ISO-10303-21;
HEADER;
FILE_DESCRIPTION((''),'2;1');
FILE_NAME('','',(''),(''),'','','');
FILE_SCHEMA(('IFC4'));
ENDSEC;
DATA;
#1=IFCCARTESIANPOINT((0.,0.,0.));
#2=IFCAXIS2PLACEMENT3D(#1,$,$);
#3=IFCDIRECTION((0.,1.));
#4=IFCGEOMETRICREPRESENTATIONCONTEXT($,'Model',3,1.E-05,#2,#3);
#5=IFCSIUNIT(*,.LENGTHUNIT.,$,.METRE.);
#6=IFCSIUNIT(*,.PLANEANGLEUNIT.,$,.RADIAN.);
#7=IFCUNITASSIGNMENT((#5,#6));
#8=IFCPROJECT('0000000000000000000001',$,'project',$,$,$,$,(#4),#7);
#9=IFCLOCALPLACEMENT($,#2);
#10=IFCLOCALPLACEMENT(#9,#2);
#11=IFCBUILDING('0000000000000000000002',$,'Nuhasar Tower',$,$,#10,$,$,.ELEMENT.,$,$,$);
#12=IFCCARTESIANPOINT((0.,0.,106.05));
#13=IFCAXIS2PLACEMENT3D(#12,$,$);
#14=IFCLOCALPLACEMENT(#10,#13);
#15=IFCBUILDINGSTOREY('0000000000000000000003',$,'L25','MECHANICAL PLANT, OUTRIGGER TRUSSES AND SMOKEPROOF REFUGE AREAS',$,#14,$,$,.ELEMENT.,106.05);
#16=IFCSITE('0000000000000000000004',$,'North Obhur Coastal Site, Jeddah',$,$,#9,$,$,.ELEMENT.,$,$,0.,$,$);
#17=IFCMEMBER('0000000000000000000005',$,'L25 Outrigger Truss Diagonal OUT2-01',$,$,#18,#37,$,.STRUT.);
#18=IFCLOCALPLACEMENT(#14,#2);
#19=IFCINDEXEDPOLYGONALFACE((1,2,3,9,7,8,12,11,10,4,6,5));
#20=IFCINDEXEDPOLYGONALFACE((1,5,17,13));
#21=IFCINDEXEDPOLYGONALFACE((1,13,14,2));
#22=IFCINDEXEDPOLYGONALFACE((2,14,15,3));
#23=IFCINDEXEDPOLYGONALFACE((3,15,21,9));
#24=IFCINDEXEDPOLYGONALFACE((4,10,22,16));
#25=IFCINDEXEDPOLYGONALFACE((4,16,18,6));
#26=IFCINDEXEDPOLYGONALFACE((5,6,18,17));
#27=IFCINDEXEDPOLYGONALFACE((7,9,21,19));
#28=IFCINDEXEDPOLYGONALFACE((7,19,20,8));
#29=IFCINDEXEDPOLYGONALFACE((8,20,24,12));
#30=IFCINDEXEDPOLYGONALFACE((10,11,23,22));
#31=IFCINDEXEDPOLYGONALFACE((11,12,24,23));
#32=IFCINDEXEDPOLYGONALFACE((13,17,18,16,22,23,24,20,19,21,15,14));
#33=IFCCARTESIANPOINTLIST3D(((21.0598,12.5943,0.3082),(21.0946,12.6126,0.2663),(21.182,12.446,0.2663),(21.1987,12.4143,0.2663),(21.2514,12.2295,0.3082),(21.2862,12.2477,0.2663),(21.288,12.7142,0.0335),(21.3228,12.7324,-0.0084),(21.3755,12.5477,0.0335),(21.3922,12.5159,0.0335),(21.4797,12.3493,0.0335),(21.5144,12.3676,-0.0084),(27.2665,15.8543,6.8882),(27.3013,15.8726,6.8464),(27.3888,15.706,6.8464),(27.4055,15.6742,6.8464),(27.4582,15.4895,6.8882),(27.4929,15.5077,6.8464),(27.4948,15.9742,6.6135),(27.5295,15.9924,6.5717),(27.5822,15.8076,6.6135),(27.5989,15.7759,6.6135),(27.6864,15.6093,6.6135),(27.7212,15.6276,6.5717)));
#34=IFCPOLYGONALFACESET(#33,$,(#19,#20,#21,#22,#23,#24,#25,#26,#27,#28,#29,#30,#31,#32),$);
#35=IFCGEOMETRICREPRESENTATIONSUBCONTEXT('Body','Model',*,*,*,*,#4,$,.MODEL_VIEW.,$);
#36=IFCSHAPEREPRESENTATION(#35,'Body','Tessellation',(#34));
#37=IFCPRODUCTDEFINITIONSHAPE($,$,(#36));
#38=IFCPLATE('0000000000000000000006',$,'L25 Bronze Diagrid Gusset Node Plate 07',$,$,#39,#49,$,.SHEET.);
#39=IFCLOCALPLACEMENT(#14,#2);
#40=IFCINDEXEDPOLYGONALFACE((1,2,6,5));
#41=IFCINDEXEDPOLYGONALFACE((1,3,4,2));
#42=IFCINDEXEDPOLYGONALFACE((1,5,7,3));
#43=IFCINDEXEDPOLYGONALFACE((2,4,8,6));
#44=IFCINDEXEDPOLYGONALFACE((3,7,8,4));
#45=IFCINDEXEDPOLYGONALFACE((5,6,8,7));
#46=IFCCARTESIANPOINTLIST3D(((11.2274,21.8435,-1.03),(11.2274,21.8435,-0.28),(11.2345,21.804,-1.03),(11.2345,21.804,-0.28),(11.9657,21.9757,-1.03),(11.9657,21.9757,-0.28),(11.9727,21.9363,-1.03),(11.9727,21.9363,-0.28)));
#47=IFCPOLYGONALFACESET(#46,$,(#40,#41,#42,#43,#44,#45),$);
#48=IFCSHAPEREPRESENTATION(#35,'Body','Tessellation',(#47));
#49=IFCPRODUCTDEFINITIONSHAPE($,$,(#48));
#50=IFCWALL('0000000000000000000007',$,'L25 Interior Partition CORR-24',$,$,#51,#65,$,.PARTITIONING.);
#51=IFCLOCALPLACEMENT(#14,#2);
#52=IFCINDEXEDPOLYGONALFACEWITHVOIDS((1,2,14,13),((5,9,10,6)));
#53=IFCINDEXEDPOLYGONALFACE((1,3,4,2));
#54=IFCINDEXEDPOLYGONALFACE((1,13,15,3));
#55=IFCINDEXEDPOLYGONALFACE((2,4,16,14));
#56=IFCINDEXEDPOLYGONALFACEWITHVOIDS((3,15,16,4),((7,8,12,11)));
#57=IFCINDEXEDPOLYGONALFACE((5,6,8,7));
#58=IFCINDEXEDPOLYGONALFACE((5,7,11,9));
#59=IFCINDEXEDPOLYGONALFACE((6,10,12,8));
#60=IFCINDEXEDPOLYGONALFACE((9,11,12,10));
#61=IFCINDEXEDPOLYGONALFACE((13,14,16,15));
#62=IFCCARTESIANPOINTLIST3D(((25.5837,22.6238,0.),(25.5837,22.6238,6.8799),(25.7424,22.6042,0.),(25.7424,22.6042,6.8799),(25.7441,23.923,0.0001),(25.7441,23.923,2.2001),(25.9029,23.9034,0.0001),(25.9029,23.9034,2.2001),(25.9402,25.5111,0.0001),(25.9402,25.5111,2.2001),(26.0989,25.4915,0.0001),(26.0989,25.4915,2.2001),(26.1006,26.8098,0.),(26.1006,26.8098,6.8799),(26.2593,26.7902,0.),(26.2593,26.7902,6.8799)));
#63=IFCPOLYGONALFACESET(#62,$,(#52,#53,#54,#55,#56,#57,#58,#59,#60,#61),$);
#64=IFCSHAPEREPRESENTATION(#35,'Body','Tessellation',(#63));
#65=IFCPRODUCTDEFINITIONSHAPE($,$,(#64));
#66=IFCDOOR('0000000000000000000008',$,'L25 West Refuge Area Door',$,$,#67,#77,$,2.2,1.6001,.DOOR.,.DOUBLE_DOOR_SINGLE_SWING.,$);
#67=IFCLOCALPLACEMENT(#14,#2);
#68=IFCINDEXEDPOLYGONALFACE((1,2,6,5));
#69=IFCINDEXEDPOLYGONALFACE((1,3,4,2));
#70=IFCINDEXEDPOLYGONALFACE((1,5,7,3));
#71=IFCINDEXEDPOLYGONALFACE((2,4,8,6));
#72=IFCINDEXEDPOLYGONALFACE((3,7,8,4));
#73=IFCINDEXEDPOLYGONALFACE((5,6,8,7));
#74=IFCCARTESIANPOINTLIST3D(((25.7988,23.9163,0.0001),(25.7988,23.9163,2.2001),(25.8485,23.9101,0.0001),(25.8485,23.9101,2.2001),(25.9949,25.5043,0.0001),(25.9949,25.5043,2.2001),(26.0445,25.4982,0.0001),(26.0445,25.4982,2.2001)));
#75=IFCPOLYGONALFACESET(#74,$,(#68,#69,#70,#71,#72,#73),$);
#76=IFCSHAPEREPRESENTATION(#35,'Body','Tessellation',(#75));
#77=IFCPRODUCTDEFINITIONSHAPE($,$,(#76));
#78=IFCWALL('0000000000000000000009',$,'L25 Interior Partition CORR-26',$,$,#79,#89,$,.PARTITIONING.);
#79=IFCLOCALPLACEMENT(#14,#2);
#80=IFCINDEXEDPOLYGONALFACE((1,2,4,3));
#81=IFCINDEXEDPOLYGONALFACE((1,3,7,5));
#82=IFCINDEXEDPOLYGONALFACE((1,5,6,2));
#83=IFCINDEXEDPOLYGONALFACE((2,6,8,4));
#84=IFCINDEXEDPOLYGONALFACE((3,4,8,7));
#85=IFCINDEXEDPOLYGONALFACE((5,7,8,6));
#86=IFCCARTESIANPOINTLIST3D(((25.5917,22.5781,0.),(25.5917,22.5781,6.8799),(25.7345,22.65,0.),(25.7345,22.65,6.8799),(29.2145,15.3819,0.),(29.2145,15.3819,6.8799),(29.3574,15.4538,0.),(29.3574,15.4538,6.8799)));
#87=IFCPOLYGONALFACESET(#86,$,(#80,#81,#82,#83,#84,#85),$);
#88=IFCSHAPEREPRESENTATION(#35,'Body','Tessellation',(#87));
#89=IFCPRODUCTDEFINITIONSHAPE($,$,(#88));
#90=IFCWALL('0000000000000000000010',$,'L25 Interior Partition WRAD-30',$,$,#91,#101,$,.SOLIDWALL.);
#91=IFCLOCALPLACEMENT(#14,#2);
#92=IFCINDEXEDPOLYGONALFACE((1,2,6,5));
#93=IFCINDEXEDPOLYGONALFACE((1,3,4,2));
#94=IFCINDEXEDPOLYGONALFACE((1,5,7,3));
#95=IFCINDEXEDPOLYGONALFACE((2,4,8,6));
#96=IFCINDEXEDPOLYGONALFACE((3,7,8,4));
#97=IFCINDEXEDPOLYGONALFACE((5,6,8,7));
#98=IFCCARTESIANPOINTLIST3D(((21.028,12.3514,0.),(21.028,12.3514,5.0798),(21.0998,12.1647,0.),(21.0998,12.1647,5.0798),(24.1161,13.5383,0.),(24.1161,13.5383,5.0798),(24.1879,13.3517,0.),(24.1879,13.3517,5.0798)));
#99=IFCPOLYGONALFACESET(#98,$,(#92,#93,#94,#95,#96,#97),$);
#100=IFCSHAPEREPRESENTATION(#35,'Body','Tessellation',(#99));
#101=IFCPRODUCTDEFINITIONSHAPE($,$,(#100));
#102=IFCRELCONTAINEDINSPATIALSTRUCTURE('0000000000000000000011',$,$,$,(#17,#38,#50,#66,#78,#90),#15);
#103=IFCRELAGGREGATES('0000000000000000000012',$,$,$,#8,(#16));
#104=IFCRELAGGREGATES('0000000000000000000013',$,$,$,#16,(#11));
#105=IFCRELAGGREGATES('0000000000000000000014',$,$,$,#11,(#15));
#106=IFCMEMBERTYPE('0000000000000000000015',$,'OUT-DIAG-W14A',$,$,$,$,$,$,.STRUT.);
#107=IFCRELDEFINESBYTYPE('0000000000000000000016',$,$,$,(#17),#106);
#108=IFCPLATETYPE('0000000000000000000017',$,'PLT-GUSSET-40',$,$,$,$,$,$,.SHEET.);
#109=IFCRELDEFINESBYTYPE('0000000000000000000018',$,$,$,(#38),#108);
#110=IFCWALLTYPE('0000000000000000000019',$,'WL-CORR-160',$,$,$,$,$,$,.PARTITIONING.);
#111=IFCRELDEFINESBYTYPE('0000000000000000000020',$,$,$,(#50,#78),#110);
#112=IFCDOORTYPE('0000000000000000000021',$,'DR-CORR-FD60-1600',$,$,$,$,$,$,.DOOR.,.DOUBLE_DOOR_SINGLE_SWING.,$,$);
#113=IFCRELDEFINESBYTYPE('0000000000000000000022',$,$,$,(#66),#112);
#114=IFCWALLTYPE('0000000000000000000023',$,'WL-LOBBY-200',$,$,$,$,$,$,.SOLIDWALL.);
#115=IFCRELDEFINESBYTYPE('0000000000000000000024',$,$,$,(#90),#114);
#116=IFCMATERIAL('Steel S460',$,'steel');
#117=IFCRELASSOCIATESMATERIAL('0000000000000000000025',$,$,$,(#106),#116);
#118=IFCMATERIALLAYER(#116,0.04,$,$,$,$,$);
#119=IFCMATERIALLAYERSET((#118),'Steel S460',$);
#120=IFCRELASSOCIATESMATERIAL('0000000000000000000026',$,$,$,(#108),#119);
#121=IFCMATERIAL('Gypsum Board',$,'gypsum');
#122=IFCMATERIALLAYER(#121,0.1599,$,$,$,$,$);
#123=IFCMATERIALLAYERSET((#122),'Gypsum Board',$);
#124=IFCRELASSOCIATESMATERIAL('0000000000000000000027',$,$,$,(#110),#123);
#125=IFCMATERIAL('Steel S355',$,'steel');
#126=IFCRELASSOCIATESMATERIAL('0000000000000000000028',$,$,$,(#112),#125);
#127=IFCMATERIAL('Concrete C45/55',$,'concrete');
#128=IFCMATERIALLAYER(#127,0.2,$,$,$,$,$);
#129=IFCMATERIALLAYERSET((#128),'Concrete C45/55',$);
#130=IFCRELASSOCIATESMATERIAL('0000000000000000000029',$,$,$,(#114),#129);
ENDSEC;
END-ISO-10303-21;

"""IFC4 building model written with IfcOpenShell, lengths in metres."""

from ifc_helpers import new_model, si_unit, direction, frame, frame_2d, origin, origin_2d, place, context, subcontext, project, spatial, rectangle, i_section, extrude, material, layer, layer_set, material_profile, profile_set, type_object, element, fill, save


model = new_model("IFC4")

# Units and contexts
model_context = context("Model", 3, precision=1e-05, world=origin(), true_north=direction((0.0, 1.0)))
body_context = subcontext(model_context, "Body", "Model", "MODEL_VIEW")
ifc_project = project(units=[si_unit("LENGTHUNIT", "METRE"), si_unit("PLANEANGLEUNIT", "RADIAN")], contexts=[model_context])

# Site, building, storey
site_placement = place(None, origin())
site = spatial("IfcSite", under=ifc_project, at=site_placement, Name="North Obhur Coastal Site, Jeddah", CompositionType="ELEMENT", RefElevation=0.0)
building_placement = place(site_placement, origin())
building = spatial("IfcBuilding", under=site, at=building_placement, Name="Nuhasar Tower", CompositionType="ELEMENT")
storey_placement = place(building_placement, frame((0.0, 0.0, 106.05)))
storey = spatial("IfcBuildingStorey", under=building, at=storey_placement, Name="L25", Description="MECHANICAL PLANT, OUTRIGGER TRUSSES AND SMOKEPROOF REFUGE AREAS", CompositionType="ELEMENT", Elevation=106.05)

# Shared definitions
ifc_material_1 = material(Name="Steel S460", Category="steel")

# Shared definitions
ifc_material_2 = material(Name="Steel S355", Category="steel")

# Member
ifc_material_profile_1 = material_profile(ifc_material_1, i_section(OverallWidth=0.4121, OverallDepth=0.4341, WebThickness=0.0359, FlangeThickness=0.0574, at=origin_2d()), Name="W14X311")
ifc_profile_set_1 = profile_set([ifc_material_profile_1], Name="Steel S460")
member_type_1 = type_object("IfcMemberType", Name="OUT-DIAG-W14A", PredefinedType="STRUT", material=ifc_profile_set_1)
member_1_placement = place(storey_placement, frame((21.2871, 12.481, 0.1499), z_axis=(0.645528, 0.339053, 0.684352), x_axis=(-0.464996, 0.885313, 0.0)))
element("IfcMember", 1, at=member_1_placement, inside=storey, type_object=member_type_1, Name="L25 Outrigger Truss Diagonal OUT2-01", PredefinedType="STRUT", context=body_context, shape_type="SweptSolid", body=[
    extrude(i_section(OverallWidth=0.4121, OverallDepth=0.4341, WebThickness=0.0359, FlangeThickness=0.0574, at=origin_2d()), origin(), (0.0, 0.0, 1.0), 9.615),
])

# Plate
ifc_layer_1 = layer(ifc_material_1, 0.04)
ifc_layer_set_1 = layer_set([ifc_layer_1], Name="Steel S460")
plate_type = type_object("IfcPlateType", Name="PLT-GUSSET-40", PredefinedType="SHEET", material=ifc_layer_set_1)
plate_placement = place(storey_placement, frame((11.6001, 21.8899, -1.03), z_axis=(0.0, 0.0, 1.0), x_axis=(-0.984322, -0.17638, 0.0)))
element("IfcPlate", 2, at=plate_placement, inside=storey, type_object=plate_type, Name="L25 Bronze Diagrid Gusset Node Plate 07", PredefinedType="SHEET", context=body_context, shape_type="SweptSolid", body=[
    extrude(rectangle(XDim=0.75, YDim=0.04, at=origin_2d()), origin(), (0.0, 0.0, 1.0), 0.75),
])

# Wall, opening, door
ifc_material_3 = material(Name="Gypsum Board", Category="gypsum")
ifc_layer_2 = layer(ifc_material_3, 0.1599)
ifc_layer_set_2 = layer_set([ifc_layer_2], Name="Gypsum Board")
wall_type_1 = type_object("IfcWallType", Name="WL-CORR-160", PredefinedType="PARTITIONING", material=ifc_layer_set_2)
wall_1_placement = place(storey_placement, frame((25.6631, 22.614, 0.0), z_axis=(0.0, 0.0, 1.0), x_axis=(0.122539, 0.992464, 0.0)))
wall_1 = element("IfcWall", 3, at=wall_1_placement, inside=storey, type_object=wall_type_1, Name="L25 Interior Partition CORR-24", PredefinedType="PARTITIONING", context=body_context, shape_type="SweptSolid", body=[
    extrude(rectangle(XDim=4.2178, YDim=0.1599, at=frame_2d((2.1089, 0.0))), origin(), (0.0, 0.0, 1.0), 6.8799),
])
opening_placement = place(wall_1_placement, frame((1.3091, 0.0, 0.0)))
opening = element("IfcOpeningElement", 4, at=opening_placement, cuts=wall_1, PredefinedType="OPENING", context=body_context, shape_type="SweptSolid", body=[
    extrude(rectangle(XDim=1.6001, YDim=2.2, at=frame_2d((0.8, 1.1001))), frame((0.0, 0.0898, 0.0), z_axis=(0.0, -1.0, 0.0), x_axis=(1.0, 0.0, 0.0)), (0.0, 0.0, 1.0), 0.1799),
])
door_type = type_object("IfcDoorType", Name="DR-CORR-FD60-1600", OperationType="DOUBLE_DOOR_SINGLE_SWING", PredefinedType="DOOR", material=ifc_material_2)
door_placement = place(opening_placement, origin())
door = element("IfcDoor", 5, at=door_placement, inside=storey, type_object=door_type, Name="L25 West Refuge Area Door", OperationType="DOUBLE_DOOR_SINGLE_SWING", OverallHeight=2.2, OverallWidth=1.6001, PredefinedType="DOOR", context=body_context, shape_type="SweptSolid", body=[
    extrude(rectangle(XDim=1.6001, YDim=2.2, at=frame_2d((0.8, 1.1001))), frame((0.0, 0.0249, 0.0), z_axis=(0.0, -1.0, 0.0), x_axis=(1.0, 0.0, 0.0)), (0.0, 0.0, 1.0), 0.05),
])
fill(opening, door)

# Walls
wall_2_placement = place(storey_placement, frame((25.6631, 22.614, 0.0), z_axis=(0.0, 0.0, 1.0), x_axis=(0.449673, -0.893193, 0.0)))
element("IfcWall", 6, at=wall_2_placement, inside=storey, type_object=wall_type_1, Name="L25 Interior Partition CORR-26", PredefinedType="PARTITIONING", context=body_context, shape_type="SweptSolid", body=[
    extrude(rectangle(XDim=8.0566, YDim=0.1599, at=frame_2d((4.0283, 0.0))), origin(), (0.0, 0.0, 1.0), 6.8799),
])
ifc_material_4 = material(Name="Concrete C45/55", Category="concrete")
ifc_layer_3 = layer(ifc_material_4, 0.2)
ifc_layer_set_3 = layer_set([ifc_layer_3], Name="Concrete C45/55")
wall_type_2 = type_object("IfcWallType", Name="WL-LOBBY-200", PredefinedType="SOLIDWALL", material=ifc_layer_set_3)
wall_3_placement = place(storey_placement, frame((24.1521, 13.4451, 0.0), z_axis=(0.0, 0.0, 1.0), x_axis=(-0.93342, -0.358786, 0.0)))
element("IfcWall", 7, at=wall_3_placement, inside=storey, type_object=wall_type_2, Name="L25 Interior Partition WRAD-30", PredefinedType="SOLIDWALL", context=body_context, shape_type="SweptSolid", body=[
    extrude(rectangle(XDim=3.3083, YDim=0.2, at=frame_2d((1.6543, 0.0))), origin(), (0.0, 0.0, 1.0), 5.0798),
])

save(model, "model.ifc")
